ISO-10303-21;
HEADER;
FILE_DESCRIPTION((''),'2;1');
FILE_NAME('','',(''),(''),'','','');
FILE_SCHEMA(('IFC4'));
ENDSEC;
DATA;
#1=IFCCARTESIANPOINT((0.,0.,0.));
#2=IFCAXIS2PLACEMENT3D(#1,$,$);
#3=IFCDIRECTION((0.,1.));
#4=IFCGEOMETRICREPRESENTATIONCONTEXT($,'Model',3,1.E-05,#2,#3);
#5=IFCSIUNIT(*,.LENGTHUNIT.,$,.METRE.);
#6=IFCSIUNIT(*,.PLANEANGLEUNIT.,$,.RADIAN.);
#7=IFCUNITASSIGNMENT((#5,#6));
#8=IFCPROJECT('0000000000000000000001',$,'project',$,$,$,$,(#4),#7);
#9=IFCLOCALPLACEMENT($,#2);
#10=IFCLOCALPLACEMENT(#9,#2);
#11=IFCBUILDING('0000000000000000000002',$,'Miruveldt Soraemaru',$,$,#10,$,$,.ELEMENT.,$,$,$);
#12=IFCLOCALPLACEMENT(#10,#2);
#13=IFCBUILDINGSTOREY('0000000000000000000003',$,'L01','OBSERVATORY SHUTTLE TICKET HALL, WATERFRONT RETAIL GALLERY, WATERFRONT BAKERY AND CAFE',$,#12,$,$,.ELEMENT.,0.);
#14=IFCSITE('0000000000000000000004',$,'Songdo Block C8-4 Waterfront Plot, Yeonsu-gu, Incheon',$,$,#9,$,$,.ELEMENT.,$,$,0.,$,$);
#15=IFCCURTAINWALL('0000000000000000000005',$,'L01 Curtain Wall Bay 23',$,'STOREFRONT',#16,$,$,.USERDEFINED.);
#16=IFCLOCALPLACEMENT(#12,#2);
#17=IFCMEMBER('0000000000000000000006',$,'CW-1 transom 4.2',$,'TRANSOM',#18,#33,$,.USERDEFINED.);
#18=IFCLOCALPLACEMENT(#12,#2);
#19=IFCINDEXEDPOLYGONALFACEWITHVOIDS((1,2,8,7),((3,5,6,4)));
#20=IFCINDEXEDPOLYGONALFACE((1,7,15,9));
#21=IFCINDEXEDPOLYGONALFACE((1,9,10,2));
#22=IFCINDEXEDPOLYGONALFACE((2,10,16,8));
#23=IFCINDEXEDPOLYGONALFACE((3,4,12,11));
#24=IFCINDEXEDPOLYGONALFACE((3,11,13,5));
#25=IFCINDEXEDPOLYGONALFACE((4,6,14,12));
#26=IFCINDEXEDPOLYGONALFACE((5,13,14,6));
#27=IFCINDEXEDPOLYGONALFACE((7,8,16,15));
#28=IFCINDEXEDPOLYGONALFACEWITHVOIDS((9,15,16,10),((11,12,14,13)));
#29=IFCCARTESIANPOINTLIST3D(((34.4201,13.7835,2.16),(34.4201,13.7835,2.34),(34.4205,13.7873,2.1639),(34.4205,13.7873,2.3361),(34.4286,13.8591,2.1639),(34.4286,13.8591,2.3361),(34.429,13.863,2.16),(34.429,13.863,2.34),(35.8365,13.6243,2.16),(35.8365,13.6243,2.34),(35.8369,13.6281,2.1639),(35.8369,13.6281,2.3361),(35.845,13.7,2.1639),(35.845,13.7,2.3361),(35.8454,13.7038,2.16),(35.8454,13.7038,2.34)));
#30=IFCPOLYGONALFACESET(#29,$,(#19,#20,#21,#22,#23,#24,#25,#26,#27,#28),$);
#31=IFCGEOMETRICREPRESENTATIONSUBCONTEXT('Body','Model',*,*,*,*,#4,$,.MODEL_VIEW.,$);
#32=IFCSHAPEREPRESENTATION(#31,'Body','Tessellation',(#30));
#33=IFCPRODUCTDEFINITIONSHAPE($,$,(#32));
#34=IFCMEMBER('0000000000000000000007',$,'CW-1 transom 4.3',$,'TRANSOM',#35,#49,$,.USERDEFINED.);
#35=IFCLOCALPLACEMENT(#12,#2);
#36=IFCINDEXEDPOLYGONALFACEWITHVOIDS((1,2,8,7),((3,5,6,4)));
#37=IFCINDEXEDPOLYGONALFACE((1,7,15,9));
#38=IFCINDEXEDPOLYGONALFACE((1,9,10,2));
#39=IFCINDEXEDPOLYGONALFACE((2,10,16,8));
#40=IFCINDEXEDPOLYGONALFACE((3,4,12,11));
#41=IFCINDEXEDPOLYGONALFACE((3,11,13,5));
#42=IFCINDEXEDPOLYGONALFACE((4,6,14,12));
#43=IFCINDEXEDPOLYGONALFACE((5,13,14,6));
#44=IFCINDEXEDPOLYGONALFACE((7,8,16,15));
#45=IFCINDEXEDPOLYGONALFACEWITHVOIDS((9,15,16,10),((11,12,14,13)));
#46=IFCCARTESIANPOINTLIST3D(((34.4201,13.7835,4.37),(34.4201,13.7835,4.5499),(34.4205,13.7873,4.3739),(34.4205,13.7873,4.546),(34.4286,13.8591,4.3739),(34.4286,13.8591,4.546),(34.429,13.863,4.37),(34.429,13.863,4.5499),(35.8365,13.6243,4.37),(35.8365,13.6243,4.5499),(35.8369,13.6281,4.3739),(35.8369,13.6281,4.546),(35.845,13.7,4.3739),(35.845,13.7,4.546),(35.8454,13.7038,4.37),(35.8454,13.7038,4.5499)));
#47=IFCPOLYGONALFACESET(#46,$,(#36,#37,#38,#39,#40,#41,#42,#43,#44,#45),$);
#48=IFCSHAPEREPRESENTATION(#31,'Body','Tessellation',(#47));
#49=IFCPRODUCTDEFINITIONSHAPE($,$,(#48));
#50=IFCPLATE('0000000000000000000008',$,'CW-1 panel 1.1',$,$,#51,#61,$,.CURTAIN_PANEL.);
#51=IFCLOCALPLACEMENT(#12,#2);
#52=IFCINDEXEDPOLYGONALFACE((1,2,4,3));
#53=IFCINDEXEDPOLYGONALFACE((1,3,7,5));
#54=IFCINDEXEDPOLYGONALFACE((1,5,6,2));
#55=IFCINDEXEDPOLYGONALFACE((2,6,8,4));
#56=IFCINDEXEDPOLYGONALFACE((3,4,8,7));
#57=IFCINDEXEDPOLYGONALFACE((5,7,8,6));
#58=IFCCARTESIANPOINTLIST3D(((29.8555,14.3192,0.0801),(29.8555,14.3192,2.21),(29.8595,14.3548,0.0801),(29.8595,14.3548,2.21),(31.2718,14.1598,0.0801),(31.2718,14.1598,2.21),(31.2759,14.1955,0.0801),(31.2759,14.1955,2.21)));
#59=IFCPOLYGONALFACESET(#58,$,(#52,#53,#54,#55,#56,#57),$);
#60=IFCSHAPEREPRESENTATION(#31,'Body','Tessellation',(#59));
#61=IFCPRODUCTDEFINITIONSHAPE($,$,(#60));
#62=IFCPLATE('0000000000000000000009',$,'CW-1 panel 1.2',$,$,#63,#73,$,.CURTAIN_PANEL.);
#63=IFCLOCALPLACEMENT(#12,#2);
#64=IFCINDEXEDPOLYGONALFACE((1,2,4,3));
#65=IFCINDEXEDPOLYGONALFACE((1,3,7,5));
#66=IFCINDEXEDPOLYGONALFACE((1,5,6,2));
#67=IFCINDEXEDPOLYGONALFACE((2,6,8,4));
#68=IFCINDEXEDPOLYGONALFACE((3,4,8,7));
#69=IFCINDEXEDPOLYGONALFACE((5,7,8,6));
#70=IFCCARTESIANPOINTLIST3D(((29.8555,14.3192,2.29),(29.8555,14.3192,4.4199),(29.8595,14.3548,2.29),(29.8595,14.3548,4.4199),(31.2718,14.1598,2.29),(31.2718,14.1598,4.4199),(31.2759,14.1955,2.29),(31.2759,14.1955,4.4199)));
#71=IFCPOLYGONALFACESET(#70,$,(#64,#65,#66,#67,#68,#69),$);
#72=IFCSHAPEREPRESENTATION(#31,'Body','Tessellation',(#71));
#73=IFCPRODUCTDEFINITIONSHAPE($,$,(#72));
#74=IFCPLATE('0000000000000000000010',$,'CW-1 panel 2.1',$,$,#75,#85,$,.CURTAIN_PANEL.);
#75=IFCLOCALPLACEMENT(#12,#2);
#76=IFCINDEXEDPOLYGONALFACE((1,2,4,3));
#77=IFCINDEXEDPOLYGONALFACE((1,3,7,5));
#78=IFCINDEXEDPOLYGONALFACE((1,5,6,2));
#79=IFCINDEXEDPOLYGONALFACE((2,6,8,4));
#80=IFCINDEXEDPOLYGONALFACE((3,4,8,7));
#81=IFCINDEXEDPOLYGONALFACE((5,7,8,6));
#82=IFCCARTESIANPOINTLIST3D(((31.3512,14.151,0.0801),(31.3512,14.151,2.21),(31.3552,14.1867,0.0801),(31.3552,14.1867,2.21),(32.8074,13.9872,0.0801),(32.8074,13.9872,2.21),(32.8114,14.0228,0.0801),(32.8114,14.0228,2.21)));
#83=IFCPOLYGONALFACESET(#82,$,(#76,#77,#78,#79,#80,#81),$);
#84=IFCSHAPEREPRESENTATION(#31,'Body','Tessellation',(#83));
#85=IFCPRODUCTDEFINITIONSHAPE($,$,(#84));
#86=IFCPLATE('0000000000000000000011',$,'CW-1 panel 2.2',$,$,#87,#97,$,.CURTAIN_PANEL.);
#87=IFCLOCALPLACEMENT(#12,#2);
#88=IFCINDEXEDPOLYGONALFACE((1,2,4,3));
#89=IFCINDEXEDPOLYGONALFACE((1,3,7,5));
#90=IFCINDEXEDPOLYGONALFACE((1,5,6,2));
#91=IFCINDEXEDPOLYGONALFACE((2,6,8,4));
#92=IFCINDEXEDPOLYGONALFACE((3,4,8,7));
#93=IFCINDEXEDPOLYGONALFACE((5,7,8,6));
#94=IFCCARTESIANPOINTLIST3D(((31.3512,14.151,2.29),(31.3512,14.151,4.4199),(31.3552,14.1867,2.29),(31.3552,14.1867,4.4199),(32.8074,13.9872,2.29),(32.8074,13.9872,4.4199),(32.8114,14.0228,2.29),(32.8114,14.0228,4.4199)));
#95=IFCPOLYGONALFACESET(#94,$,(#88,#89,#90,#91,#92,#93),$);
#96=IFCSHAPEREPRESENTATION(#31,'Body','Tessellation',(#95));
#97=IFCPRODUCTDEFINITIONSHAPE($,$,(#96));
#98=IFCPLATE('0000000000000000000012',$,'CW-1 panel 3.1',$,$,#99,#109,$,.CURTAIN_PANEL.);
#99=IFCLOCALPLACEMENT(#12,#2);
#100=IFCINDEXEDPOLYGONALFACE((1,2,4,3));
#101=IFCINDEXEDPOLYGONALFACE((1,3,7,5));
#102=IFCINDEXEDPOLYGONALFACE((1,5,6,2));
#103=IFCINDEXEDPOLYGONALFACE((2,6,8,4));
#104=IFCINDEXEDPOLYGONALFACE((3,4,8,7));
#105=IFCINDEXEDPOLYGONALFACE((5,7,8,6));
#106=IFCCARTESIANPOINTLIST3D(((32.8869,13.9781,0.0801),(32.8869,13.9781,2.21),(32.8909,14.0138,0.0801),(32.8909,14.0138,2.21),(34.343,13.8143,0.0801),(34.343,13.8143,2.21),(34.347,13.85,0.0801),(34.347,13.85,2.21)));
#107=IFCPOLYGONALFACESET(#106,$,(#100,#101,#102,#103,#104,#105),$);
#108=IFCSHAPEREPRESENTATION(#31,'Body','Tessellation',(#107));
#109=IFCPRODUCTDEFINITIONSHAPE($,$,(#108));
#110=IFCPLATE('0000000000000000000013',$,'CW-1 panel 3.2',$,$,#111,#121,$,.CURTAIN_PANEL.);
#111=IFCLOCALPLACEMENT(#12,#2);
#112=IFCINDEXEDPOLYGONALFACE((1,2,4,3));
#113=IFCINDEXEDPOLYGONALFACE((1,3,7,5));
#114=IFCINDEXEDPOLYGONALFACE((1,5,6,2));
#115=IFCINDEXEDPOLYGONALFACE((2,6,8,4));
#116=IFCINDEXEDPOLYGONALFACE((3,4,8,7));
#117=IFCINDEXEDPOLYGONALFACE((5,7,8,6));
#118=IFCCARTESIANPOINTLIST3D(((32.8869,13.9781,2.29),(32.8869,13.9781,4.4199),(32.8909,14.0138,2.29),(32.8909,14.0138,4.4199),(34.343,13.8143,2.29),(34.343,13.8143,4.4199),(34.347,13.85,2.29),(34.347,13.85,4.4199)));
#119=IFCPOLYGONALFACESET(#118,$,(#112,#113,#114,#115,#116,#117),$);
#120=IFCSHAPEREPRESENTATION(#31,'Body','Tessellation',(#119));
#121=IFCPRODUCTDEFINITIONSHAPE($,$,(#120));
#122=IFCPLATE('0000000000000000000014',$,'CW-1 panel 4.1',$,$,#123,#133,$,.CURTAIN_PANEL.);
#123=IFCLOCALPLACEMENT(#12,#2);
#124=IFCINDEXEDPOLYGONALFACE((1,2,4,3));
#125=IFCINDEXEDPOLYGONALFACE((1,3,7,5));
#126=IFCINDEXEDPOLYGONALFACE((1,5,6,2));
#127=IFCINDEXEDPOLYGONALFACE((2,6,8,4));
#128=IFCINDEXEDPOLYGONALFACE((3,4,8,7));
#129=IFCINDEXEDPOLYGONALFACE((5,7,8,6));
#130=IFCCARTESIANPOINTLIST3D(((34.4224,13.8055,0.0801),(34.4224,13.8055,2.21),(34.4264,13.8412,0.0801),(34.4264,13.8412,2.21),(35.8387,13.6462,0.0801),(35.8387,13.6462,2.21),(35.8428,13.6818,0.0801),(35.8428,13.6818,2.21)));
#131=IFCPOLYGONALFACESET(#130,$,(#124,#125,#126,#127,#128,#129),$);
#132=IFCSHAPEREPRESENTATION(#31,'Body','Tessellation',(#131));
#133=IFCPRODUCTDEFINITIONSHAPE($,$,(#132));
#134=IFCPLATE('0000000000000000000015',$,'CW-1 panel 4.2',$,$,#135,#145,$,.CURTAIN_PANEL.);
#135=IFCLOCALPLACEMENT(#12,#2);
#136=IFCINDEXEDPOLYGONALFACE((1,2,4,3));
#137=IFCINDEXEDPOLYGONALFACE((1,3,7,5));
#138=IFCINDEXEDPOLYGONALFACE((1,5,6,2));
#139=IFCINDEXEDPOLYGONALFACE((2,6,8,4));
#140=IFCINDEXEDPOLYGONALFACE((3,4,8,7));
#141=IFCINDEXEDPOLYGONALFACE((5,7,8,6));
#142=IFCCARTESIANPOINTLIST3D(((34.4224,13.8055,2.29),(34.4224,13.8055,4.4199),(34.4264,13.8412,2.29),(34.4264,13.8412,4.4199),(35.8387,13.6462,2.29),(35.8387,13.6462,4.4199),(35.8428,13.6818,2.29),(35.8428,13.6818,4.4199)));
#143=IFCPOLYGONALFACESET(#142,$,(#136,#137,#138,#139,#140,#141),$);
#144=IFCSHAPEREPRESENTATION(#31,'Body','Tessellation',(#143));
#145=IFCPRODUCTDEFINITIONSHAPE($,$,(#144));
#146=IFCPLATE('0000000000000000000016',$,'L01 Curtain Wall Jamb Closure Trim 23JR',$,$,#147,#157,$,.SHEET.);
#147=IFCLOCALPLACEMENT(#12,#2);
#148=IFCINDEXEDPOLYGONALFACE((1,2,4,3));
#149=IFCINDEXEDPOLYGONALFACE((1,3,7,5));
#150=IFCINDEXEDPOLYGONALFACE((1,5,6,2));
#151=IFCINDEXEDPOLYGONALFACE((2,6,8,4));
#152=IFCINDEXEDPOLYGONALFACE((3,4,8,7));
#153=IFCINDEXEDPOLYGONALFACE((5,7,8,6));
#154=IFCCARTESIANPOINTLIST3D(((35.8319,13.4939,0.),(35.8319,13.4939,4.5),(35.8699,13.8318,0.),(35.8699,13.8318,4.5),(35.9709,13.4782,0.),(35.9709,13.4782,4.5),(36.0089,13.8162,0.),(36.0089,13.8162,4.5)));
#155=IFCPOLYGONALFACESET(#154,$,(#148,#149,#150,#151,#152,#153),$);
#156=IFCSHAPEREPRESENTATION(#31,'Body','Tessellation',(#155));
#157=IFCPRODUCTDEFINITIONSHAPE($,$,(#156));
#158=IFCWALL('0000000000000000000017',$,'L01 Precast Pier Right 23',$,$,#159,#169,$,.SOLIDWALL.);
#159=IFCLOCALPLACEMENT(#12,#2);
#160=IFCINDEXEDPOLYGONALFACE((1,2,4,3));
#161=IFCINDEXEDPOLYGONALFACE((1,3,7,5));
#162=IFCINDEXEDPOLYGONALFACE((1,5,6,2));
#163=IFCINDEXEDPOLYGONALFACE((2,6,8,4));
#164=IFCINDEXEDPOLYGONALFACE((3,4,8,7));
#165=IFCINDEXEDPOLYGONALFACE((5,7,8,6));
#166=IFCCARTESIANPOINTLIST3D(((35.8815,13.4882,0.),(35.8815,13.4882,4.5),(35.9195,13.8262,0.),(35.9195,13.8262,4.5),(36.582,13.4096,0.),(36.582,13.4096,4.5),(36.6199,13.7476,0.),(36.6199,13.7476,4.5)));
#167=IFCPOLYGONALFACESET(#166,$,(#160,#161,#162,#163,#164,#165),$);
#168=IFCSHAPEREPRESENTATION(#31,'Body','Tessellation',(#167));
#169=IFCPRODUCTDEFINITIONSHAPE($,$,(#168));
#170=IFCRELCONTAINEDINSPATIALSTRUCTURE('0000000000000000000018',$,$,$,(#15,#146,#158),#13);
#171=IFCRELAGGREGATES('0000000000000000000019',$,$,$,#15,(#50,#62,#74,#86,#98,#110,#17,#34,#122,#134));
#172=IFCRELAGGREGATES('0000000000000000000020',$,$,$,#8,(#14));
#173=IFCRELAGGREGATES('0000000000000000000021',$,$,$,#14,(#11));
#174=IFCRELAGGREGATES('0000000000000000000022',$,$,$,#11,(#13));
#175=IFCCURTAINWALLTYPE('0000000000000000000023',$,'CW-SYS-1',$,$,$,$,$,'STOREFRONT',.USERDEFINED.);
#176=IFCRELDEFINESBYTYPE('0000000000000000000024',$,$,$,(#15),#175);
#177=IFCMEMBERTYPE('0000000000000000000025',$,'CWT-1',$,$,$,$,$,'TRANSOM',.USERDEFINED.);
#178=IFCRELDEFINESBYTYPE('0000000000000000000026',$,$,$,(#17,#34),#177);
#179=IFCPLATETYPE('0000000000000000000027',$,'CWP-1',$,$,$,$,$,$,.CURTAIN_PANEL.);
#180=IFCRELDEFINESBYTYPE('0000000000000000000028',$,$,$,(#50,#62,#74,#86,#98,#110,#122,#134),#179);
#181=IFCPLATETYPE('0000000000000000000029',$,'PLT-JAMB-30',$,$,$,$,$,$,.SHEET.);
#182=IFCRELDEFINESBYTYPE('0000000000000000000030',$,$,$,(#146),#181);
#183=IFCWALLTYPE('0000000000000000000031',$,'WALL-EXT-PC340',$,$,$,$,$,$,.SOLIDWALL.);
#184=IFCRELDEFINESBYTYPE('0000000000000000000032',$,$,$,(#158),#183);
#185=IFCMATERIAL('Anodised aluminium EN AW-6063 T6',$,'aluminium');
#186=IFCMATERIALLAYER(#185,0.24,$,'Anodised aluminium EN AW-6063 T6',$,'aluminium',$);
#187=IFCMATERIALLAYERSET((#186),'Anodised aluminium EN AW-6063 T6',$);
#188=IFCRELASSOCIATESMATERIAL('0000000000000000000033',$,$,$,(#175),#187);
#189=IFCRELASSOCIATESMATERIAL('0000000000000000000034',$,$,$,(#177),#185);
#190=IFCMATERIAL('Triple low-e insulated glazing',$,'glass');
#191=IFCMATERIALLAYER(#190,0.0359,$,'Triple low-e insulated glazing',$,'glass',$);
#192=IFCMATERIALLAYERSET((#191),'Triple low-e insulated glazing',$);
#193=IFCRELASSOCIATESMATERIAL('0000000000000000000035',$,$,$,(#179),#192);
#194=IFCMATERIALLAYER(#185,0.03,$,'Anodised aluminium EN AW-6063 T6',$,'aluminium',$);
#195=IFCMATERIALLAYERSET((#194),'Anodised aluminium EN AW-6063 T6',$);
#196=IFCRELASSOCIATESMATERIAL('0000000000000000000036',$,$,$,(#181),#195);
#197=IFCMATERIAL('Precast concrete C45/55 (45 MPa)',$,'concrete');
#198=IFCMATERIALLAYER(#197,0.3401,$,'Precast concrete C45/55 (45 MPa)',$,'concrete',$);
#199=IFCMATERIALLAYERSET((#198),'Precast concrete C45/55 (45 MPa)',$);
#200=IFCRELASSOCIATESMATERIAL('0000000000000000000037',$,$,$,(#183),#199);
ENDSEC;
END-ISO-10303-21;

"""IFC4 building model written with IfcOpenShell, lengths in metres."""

from ifc_helpers import new_model, si_unit, direction, frame, frame_2d, origin, origin_2d, place, context, subcontext, project, spatial, rectangle, hollow_rectangle, extrude, material, layer, layer_set, material_profile, profile_set, type_object, element, aggregate, save


model = new_model("IFC4")

# Units and contexts
model_context = context("Model", 3, precision=1e-05, world=origin(), true_north=direction((0.0, 1.0)))
body_context = subcontext(model_context, "Body", "Model", "MODEL_VIEW")
ifc_project = project(units=[si_unit("LENGTHUNIT", "METRE"), si_unit("PLANEANGLEUNIT", "RADIAN")], contexts=[model_context])

# Site, building, storey
site_placement = place(None, origin())
site = spatial("IfcSite", under=ifc_project, at=site_placement, Name="Songdo Block C8-4 Waterfront Plot, Yeonsu-gu, Incheon", CompositionType="ELEMENT", RefElevation=0.0)
building_placement = place(site_placement, origin())
building = spatial("IfcBuilding", under=site, at=building_placement, Name="Miruveldt Soraemaru", CompositionType="ELEMENT")
storey_placement = place(building_placement, origin())
storey = spatial("IfcBuildingStorey", under=building, at=storey_placement, Name="L01", Description="OBSERVATORY SHUTTLE TICKET HALL, WATERFRONT RETAIL GALLERY, WATERFRONT BAKERY AND CAFE", CompositionType="ELEMENT", Elevation=0.0)

# Curtain wall, members, plates
ifc_material_1 = material(Name="Anodised aluminium EN AW-6063 T6", Category="aluminium")
ifc_layer_1 = layer(ifc_material_1, 0.24, Name="Anodised aluminium EN AW-6063 T6", Category="aluminium")
ifc_layer_set_1 = layer_set([ifc_layer_1], Name="Anodised aluminium EN AW-6063 T6")
curtain_wall_type = type_object("IfcCurtainWallType", Name="CW-SYS-1", ElementType="STOREFRONT", PredefinedType="USERDEFINED", material=ifc_layer_set_1)
curtain_wall_placement = place(storey_placement, origin())
curtain_wall = element("IfcCurtainWall", 1, at=curtain_wall_placement, inside=storey, type_object=curtain_wall_type, Name="L01 Curtain Wall Bay 23", ObjectType="STOREFRONT", PredefinedType="USERDEFINED")
ifc_material_profile_1 = material_profile(ifc_material_1, hollow_rectangle(XDim=0.0801, YDim=0.1799, WallThickness=0.0039, at=origin_2d()), Name="Anodised aluminium EN AW-6063 T6", Category="aluminium")
ifc_profile_set_1 = profile_set([ifc_material_profile_1], Name="Anodised aluminium EN AW-6063 T6")
member_type_1 = type_object("IfcMemberType", Name="CWT-1", ElementType="TRANSOM", PredefinedType="USERDEFINED", material=ifc_profile_set_1)
member_1_placement = place(storey_placement, frame((34.4246, 13.8232, 2.25), z_axis=(0.993743, -0.111691, 0.0), x_axis=(0.111691, 0.993743, 0.0)))
member_1 = element("IfcMember", 2, at=member_1_placement, type_object=member_type_1, Name="CW-1 transom 4.2", ObjectType="TRANSOM", PredefinedType="USERDEFINED", context=body_context, shape_type="SweptSolid", body=[
    extrude(hollow_rectangle(XDim=0.0801, YDim=0.1799, WallThickness=0.0039, at=origin_2d()), origin(), (0.0, 0.0, 1.0), 1.4253),
])
member_2_placement = place(storey_placement, frame((34.4246, 13.8232, 4.46), z_axis=(0.993743, -0.111691, 0.0), x_axis=(0.111691, 0.993743, 0.0)))
member_2 = element("IfcMember", 3, at=member_2_placement, type_object=member_type_1, Name="CW-1 transom 4.3", ObjectType="TRANSOM", PredefinedType="USERDEFINED", context=body_context, shape_type="SweptSolid", body=[
    extrude(hollow_rectangle(XDim=0.0801, YDim=0.1799, WallThickness=0.0039, at=origin_2d()), origin(), (0.0, 0.0, 1.0), 1.4253),
])
ifc_material_2 = material(Name="Triple low-e insulated glazing", Category="glass")
ifc_layer_2 = layer(ifc_material_2, 0.0359, Name="Triple low-e insulated glazing", Category="glass")
ifc_layer_set_2 = layer_set([ifc_layer_2], Name="Triple low-e insulated glazing")
plate_type_1 = type_object("IfcPlateType", Name="CWP-1", PredefinedType="CURTAIN_PANEL", material=ifc_layer_set_2)
plate_1_placement = place(storey_placement, frame((30.5657, 14.2573, 0.0801), z_axis=(0.0, 0.0, 1.0), x_axis=(0.993731, -0.111793, 0.0)))
plate_1 = element("IfcPlate", 4, at=plate_1_placement, type_object=plate_type_1, Name="CW-1 panel 1.1", PredefinedType="CURTAIN_PANEL", context=body_context, shape_type="SweptSolid", body=[
    extrude(rectangle(XDim=1.4253, YDim=0.0359, at=origin_2d()), origin(), (0.0, 0.0, 1.0), 2.1299),
])
plate_2_placement = place(storey_placement, frame((30.5657, 14.2573, 2.29), z_axis=(0.0, 0.0, 1.0), x_axis=(0.993731, -0.111793, 0.0)))
plate_2 = element("IfcPlate", 5, at=plate_2_placement, type_object=plate_type_1, Name="CW-1 panel 1.2", PredefinedType="CURTAIN_PANEL", context=body_context, shape_type="SweptSolid", body=[
    extrude(rectangle(XDim=1.4253, YDim=0.0359, at=origin_2d()), origin(), (0.0, 0.0, 1.0), 2.1299),
])
plate_3_placement = place(storey_placement, frame((32.0813, 14.0869, 0.0801), z_axis=(0.0, 0.0, 1.0), x_axis=(0.993731, -0.111793, 0.0)))
plate_3 = element("IfcPlate", 6, at=plate_3_placement, type_object=plate_type_1, Name="CW-1 panel 2.1", PredefinedType="CURTAIN_PANEL", context=body_context, shape_type="SweptSolid", body=[
    extrude(rectangle(XDim=1.4653, YDim=0.0359, at=origin_2d()), origin(), (0.0, 0.0, 1.0), 2.1299),
])
plate_4_placement = place(storey_placement, frame((32.0813, 14.0869, 2.29), z_axis=(0.0, 0.0, 1.0), x_axis=(0.993731, -0.111793, 0.0)))
plate_4 = element("IfcPlate", 7, at=plate_4_placement, type_object=plate_type_1, Name="CW-1 panel 2.2", PredefinedType="CURTAIN_PANEL", context=body_context, shape_type="SweptSolid", body=[
    extrude(rectangle(XDim=1.4653, YDim=0.0359, at=origin_2d()), origin(), (0.0, 0.0, 1.0), 2.1299),
])
plate_5_placement = place(storey_placement, frame((33.6169, 13.9141, 0.0801), z_axis=(0.0, 0.0, 1.0), x_axis=(0.993731, -0.111793, 0.0)))
plate_5 = element("IfcPlate", 8, at=plate_5_placement, type_object=plate_type_1, Name="CW-1 panel 3.1", PredefinedType="CURTAIN_PANEL", context=body_context, shape_type="SweptSolid", body=[
    extrude(rectangle(XDim=1.4653, YDim=0.0359, at=origin_2d()), origin(), (0.0, 0.0, 1.0), 2.1299),
])
plate_6_placement = place(storey_placement, frame((33.6169, 13.9141, 2.29), z_axis=(0.0, 0.0, 1.0), x_axis=(0.993731, -0.111793, 0.0)))
plate_6 = element("IfcPlate", 9, at=plate_6_placement, type_object=plate_type_1, Name="CW-1 panel 3.2", PredefinedType="CURTAIN_PANEL", context=body_context, shape_type="SweptSolid", body=[
    extrude(rectangle(XDim=1.4653, YDim=0.0359, at=origin_2d()), origin(), (0.0, 0.0, 1.0), 2.1299),
])
plate_7_placement = place(storey_placement, frame((35.1326, 13.7437, 0.0801), z_axis=(0.0, 0.0, 1.0), x_axis=(0.993731, -0.111793, 0.0)))
plate_7 = element("IfcPlate", 10, at=plate_7_placement, type_object=plate_type_1, Name="CW-1 panel 4.1", PredefinedType="CURTAIN_PANEL", context=body_context, shape_type="SweptSolid", body=[
    extrude(rectangle(XDim=1.4253, YDim=0.0359, at=origin_2d()), origin(), (0.0, 0.0, 1.0), 2.1299),
])
plate_8_placement = place(storey_placement, frame((35.1326, 13.7437, 2.29), z_axis=(0.0, 0.0, 1.0), x_axis=(0.993731, -0.111793, 0.0)))
plate_8 = element("IfcPlate", 11, at=plate_8_placement, type_object=plate_type_1, Name="CW-1 panel 4.2", PredefinedType="CURTAIN_PANEL", context=body_context, shape_type="SweptSolid", body=[
    extrude(rectangle(XDim=1.4253, YDim=0.0359, at=origin_2d()), origin(), (0.0, 0.0, 1.0), 2.1299),
])
aggregate(curtain_wall, [plate_1, plate_2, plate_3, plate_4, plate_5, plate_6, member_1, member_2, plate_7, plate_8])

# Plate
ifc_layer_3 = layer(ifc_material_1, 0.03, Name="Anodised aluminium EN AW-6063 T6", Category="aluminium")
ifc_layer_set_3 = layer_set([ifc_layer_3], Name="Anodised aluminium EN AW-6063 T6")
plate_type_2 = type_object("IfcPlateType", Name="PLT-JAMB-30", PredefinedType="SHEET", material=ifc_layer_set_3)
plate_9_placement = place(storey_placement, frame((35.9204, 13.655, 0.0), z_axis=(0.0, 0.0, 1.0), x_axis=(0.993731, -0.111798, 0.0)))
element("IfcPlate", 12, at=plate_9_placement, inside=storey, type_object=plate_type_2, Name="L01 Curtain Wall Jamb Closure Trim 23JR", PredefinedType="SHEET", context=body_context, shape_type="SweptSolid", body=[
    extrude(rectangle(XDim=0.1399, YDim=0.3401, at=origin_2d()), origin(), (0.0, 0.0, 1.0), 4.5),
])

# Wall
ifc_material_3 = material(Name="Precast concrete C45/55 (45 MPa)", Category="concrete")
ifc_layer_4 = layer(ifc_material_3, 0.3401, Name="Precast concrete C45/55 (45 MPa)", Category="concrete")
ifc_layer_set_4 = layer_set([ifc_layer_4], Name="Precast concrete C45/55 (45 MPa)")
wall_type = type_object("IfcWallType", Name="WALL-EXT-PC340", PredefinedType="SOLIDWALL", material=ifc_layer_set_4)
wall_1_placement = place(storey_placement, frame((35.9004, 13.6572, 0.0), z_axis=(0.0, 0.0, 1.0), x_axis=(0.993761, -0.111534, 0.0)))
element("IfcWall", 13, at=wall_1_placement, inside=storey, type_object=wall_type, Name="L01 Precast Pier Right 23", PredefinedType="SOLIDWALL", context=body_context, shape_type="SweptSolid", body=[
    extrude(rectangle(XDim=0.7048, YDim=0.3401, at=frame_2d((0.3525, 0.0))), origin(), (0.0, 0.0, 1.0), 4.5),
])

save(model, "model.ifc")
